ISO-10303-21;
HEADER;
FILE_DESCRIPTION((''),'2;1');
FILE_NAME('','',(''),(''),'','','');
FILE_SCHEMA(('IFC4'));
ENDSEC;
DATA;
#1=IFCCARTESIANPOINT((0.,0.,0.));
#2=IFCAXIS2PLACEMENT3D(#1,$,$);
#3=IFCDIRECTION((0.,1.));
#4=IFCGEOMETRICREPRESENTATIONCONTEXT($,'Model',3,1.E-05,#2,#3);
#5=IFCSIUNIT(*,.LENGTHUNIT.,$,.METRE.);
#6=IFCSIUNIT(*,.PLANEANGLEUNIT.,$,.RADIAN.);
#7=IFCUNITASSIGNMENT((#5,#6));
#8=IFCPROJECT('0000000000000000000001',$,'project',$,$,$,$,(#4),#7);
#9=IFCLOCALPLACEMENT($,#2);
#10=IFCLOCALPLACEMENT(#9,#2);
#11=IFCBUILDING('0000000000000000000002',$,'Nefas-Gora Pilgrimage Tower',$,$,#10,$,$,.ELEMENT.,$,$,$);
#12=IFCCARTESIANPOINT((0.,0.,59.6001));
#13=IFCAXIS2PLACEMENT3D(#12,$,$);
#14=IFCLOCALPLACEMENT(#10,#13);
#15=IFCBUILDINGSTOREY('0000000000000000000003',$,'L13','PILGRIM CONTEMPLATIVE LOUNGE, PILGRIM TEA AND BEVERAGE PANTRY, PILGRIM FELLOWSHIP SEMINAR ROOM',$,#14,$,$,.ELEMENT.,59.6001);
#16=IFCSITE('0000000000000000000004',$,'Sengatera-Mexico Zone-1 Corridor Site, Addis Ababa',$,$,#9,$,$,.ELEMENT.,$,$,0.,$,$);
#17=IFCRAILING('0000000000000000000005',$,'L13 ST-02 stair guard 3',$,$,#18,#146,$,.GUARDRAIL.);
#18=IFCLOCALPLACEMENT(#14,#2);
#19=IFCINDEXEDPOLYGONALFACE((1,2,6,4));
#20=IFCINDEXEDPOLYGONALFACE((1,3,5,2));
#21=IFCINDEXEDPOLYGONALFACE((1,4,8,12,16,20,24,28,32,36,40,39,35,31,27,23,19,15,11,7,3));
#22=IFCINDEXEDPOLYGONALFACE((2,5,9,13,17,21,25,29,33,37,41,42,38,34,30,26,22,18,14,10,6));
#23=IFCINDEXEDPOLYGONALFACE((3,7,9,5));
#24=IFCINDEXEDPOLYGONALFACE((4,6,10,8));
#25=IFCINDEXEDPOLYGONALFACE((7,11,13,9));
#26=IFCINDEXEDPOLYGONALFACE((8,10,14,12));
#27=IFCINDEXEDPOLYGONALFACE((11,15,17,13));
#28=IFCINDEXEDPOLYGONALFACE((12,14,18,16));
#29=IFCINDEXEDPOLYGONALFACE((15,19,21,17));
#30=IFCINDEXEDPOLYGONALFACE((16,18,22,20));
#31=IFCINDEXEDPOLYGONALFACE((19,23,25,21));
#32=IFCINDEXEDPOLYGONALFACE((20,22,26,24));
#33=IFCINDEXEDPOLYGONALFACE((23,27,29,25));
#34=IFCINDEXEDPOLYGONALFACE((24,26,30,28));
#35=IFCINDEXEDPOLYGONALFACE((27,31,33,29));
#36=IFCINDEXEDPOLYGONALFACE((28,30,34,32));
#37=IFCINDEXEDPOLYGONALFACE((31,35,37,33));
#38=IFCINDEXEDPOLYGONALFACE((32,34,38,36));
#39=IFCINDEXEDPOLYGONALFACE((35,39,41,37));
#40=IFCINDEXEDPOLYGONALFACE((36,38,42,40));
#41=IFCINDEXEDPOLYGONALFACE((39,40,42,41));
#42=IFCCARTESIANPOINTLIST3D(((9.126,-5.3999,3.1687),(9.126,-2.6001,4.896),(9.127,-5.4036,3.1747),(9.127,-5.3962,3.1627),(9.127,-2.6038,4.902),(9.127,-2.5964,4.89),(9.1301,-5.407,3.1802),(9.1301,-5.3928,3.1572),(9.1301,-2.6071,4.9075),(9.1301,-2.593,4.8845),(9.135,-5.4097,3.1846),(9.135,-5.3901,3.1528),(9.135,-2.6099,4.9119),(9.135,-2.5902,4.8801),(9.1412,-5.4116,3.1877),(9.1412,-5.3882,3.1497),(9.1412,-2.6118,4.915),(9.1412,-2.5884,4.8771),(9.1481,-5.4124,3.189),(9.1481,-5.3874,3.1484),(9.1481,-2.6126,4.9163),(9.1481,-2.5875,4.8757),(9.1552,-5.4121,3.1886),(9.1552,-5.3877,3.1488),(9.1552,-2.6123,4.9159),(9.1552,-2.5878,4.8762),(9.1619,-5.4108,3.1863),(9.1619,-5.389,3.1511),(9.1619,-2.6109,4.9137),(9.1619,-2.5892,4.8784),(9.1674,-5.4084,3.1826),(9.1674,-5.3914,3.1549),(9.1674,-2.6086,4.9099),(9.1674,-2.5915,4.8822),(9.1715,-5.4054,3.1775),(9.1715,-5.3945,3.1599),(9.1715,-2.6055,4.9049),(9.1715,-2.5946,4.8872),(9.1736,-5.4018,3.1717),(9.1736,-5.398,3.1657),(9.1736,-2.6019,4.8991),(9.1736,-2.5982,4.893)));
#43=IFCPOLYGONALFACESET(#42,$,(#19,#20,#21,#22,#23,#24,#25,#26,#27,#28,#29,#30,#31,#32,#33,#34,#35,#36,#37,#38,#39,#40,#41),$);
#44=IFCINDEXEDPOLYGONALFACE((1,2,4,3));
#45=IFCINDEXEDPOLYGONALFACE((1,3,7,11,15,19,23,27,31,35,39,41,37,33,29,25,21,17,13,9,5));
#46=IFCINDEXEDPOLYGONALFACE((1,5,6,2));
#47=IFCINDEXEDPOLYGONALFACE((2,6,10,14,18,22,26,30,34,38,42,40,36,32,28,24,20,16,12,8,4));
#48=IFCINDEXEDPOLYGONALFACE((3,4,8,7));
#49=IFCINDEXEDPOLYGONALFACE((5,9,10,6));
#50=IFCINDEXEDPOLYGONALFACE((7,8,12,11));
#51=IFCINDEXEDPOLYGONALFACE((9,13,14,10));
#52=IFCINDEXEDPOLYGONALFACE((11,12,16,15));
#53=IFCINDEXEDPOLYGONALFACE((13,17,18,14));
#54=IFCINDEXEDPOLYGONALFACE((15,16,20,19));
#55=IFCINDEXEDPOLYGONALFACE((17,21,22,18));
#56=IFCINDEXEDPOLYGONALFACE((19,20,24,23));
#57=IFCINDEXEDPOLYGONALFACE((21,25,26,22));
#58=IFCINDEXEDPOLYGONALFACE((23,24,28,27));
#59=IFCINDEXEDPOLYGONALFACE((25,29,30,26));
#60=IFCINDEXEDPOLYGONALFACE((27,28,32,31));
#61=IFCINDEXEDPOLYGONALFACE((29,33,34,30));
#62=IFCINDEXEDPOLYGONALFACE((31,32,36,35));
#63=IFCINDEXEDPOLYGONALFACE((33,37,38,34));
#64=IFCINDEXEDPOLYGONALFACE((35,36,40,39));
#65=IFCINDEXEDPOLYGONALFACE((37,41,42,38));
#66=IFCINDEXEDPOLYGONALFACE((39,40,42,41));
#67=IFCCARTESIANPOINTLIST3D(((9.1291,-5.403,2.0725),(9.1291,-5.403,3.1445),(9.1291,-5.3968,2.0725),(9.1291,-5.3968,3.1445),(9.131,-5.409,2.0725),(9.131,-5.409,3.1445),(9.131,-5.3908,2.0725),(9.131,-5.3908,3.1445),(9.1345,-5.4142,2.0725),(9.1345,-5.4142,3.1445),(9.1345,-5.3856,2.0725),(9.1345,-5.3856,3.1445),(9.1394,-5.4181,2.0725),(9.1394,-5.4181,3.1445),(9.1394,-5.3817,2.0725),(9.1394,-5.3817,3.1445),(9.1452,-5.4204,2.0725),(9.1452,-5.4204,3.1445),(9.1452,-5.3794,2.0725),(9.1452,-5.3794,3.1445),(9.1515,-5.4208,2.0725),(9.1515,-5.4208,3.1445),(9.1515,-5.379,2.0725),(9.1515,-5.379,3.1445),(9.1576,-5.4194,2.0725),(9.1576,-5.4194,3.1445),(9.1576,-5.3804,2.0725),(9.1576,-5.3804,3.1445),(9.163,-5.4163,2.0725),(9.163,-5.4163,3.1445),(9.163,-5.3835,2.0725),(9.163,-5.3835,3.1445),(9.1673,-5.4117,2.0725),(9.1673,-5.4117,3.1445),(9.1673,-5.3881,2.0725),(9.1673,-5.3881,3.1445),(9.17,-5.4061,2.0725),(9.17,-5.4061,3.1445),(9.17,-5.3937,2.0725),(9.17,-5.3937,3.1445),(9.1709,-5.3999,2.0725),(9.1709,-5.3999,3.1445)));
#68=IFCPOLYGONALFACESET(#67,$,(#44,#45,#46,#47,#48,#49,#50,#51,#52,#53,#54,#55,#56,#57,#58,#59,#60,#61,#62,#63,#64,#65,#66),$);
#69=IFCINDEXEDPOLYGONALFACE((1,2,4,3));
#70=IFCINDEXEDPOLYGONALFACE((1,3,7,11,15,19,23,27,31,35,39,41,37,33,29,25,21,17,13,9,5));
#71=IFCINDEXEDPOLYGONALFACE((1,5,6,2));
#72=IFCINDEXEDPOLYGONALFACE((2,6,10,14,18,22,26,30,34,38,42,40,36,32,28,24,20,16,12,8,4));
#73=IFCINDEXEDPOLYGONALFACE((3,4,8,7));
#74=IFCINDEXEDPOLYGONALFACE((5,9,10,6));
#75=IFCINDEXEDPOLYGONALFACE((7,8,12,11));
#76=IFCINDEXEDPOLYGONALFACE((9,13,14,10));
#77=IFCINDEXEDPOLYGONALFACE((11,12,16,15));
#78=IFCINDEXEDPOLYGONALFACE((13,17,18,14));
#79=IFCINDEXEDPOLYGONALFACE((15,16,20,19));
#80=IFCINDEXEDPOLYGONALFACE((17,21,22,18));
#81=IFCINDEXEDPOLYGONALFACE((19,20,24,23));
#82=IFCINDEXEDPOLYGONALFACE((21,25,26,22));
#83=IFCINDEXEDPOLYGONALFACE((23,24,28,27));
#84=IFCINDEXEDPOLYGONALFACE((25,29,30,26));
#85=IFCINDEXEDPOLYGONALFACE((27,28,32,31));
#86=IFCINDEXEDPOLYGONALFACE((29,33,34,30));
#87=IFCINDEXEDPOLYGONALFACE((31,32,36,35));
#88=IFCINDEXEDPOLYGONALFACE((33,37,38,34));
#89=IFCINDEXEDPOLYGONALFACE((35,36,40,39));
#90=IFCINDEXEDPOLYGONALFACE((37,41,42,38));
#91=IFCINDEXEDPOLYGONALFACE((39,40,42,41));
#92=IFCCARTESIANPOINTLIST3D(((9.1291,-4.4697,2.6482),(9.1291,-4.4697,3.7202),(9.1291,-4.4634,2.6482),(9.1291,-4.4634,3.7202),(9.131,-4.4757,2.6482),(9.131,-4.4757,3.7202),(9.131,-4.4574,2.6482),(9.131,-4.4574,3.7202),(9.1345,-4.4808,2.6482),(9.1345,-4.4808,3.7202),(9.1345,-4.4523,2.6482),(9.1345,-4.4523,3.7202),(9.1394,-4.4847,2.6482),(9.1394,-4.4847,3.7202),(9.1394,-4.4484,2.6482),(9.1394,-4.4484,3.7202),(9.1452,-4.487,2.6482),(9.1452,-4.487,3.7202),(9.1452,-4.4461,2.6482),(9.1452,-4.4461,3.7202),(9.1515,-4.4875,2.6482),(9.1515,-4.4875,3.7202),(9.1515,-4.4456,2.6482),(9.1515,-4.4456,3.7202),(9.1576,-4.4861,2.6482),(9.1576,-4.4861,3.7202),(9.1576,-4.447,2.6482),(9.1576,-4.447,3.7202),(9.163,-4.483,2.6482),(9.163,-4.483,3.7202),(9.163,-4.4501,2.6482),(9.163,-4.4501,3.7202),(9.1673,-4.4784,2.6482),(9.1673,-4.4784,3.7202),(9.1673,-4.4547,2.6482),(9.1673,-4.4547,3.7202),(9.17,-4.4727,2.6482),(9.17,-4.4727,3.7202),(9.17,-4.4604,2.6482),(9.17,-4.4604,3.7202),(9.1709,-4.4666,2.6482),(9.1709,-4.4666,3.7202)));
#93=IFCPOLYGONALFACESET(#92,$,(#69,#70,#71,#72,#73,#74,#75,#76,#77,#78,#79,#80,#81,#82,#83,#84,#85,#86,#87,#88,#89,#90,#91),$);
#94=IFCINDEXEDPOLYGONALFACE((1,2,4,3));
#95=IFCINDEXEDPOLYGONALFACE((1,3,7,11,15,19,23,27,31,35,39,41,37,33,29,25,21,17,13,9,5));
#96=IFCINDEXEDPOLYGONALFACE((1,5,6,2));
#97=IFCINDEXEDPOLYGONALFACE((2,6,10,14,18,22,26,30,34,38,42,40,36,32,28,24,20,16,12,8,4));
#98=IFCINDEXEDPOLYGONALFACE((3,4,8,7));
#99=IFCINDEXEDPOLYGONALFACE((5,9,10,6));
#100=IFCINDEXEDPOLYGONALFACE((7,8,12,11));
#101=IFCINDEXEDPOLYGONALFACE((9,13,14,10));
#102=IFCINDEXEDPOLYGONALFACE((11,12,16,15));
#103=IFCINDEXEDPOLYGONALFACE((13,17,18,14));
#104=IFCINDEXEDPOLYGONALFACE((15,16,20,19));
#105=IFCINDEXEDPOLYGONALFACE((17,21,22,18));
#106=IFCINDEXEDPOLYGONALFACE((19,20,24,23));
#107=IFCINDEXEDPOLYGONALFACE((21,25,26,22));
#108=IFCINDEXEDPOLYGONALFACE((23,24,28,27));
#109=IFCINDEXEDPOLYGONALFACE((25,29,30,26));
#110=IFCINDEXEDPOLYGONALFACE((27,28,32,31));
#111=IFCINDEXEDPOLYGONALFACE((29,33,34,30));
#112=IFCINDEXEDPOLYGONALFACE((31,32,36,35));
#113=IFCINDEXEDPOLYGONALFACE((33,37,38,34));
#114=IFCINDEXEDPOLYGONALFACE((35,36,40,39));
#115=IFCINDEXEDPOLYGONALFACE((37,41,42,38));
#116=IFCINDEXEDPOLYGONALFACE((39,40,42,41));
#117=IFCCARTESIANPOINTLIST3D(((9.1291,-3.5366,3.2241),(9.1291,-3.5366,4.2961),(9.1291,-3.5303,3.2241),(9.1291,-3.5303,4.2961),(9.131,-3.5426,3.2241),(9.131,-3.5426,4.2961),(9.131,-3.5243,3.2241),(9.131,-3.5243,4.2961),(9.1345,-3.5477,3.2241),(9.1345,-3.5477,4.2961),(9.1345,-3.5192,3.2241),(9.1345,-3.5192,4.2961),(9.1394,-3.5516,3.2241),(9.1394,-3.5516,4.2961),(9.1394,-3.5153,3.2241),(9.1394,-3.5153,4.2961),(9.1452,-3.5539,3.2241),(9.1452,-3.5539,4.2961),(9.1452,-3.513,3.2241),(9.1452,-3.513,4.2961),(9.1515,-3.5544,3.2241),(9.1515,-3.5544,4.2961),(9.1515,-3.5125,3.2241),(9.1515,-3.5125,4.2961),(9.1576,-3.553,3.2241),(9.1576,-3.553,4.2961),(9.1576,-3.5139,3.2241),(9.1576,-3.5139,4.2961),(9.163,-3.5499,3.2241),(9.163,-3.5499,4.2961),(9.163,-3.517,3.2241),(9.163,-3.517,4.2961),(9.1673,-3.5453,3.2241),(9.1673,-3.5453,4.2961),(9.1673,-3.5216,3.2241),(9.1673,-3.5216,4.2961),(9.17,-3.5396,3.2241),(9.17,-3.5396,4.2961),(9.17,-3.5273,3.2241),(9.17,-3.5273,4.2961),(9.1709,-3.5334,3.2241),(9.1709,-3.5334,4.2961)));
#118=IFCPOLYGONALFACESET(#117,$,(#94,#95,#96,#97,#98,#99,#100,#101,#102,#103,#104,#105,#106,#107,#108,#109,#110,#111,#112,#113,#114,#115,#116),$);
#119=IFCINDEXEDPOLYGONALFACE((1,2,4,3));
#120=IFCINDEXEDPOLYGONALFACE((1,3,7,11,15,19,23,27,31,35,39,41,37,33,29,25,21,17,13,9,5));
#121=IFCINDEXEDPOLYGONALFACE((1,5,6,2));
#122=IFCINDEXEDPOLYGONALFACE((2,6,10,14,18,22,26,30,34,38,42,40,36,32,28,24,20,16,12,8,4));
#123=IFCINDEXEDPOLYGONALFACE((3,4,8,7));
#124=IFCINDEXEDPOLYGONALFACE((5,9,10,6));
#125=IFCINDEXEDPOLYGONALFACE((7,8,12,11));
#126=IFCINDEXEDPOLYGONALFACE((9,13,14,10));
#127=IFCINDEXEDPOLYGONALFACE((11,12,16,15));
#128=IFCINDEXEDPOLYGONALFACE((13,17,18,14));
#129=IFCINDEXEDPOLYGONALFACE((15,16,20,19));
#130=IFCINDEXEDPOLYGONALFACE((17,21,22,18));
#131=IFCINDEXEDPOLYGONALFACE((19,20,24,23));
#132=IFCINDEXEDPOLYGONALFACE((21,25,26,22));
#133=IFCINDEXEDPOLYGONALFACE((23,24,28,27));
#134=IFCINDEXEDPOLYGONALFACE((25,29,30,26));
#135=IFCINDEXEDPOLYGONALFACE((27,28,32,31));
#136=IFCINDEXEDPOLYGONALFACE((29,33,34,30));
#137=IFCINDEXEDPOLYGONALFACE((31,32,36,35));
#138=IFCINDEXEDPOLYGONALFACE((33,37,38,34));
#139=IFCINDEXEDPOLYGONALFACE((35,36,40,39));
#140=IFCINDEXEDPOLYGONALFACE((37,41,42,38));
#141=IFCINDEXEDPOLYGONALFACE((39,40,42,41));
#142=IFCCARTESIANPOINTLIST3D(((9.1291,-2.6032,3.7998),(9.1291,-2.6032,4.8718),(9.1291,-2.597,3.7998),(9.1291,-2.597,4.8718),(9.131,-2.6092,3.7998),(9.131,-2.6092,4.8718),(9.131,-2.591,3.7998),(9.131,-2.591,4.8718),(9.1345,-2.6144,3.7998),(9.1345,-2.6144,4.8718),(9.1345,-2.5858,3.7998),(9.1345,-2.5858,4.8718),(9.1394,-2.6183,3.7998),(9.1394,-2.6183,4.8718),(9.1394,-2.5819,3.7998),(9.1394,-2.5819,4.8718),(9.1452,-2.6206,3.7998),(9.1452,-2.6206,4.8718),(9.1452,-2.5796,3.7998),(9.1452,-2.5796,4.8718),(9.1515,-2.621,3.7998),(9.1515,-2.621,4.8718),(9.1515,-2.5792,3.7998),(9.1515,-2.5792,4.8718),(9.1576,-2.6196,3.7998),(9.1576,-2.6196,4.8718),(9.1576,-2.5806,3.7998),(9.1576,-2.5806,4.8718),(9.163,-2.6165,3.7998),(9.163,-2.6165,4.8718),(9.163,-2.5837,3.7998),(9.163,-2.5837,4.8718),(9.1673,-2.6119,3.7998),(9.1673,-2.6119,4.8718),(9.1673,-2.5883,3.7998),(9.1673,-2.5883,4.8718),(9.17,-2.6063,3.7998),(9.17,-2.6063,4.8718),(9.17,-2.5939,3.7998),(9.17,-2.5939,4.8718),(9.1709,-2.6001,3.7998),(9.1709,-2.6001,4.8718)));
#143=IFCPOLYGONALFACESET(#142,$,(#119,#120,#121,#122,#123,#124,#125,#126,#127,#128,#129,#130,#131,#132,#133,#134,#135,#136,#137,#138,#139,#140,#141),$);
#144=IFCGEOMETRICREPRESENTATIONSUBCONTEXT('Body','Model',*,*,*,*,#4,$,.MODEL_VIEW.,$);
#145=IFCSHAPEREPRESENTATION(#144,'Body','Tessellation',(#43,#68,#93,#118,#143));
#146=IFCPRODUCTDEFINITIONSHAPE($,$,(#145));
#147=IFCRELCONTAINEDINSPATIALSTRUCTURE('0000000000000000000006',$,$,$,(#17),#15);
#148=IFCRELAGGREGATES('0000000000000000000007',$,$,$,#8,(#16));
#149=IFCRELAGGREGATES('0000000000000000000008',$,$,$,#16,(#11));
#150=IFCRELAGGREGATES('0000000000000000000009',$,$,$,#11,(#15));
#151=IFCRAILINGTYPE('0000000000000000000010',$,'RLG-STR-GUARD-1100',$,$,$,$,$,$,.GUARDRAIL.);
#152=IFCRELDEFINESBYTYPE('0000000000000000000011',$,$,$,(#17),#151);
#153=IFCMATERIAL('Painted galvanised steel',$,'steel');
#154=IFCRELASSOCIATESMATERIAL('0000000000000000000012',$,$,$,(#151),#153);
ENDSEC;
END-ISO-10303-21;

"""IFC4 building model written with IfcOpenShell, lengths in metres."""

from ifc_helpers import new_model, si_unit, direction, frame, origin, origin_2d, place, context, subcontext, project, spatial, circle, extrude, material, type_object, element, save


model = new_model("IFC4")

# Units and contexts
model_context = context("Model", 3, precision=1e-05, world=origin(), true_north=direction((0.0, 1.0)))
body_context = subcontext(model_context, "Body", "Model", "MODEL_VIEW")
ifc_project = project(units=[si_unit("LENGTHUNIT", "METRE"), si_unit("PLANEANGLEUNIT", "RADIAN")], contexts=[model_context])

# Site, building, storey
site_placement = place(None, origin())
site = spatial("IfcSite", under=ifc_project, at=site_placement, Name="Sengatera-Mexico Zone-1 Corridor Site, Addis Ababa", CompositionType="ELEMENT", RefElevation=0.0)
building_placement = place(site_placement, origin())
building = spatial("IfcBuilding", under=site, at=building_placement, Name="Nefas-Gora Pilgrimage Tower", CompositionType="ELEMENT")
storey_placement = place(building_placement, frame((0.0, 0.0, 59.6001)))
storey = spatial("IfcBuildingStorey", under=building, at=storey_placement, Name="L13", Description="PILGRIM CONTEMPLATIVE LOUNGE, PILGRIM TEA AND BEVERAGE PANTRY, PILGRIM FELLOWSHIP SEMINAR ROOM", CompositionType="ELEMENT", Elevation=59.6001)

# Railing
ifc_material_1 = material(Name="Painted galvanised steel", Category="steel")
railing_type_1 = type_object("IfcRailingType", Name="RLG-STR-GUARD-1100", PredefinedType="GUARDRAIL", material=ifc_material_1)
railing_1_placement = place(storey_placement, frame((9.1499, -5.3999, 2.0725)))
element("IfcRailing", 1, at=railing_1_placement, inside=storey, type_object=railing_type_1, Name="L13 ST-02 stair guard 3", PredefinedType="GUARDRAIL", context=body_context, shape_type="SweptSolid", body=[
    extrude(circle(Radius=0.0239, at=origin_2d()), frame((0.0, 0.0, 1.0962), z_axis=(0.0, 0.851069, 0.525054), x_axis=(-1.0, 0.0, 0.0)), (0.0, 0.0, 1.0), 3.2898),
    extrude(circle(Radius=0.021, at=origin_2d()), origin(), (0.0, 0.0, 1.0), 1.072),
    extrude(circle(Radius=0.021, at=origin_2d()), frame((0.0, 0.9333, 0.5757)), (0.0, 0.0, 1.0), 1.072),
    extrude(circle(Radius=0.021, at=origin_2d()), frame((0.0, 1.8665, 1.1516)), (0.0, 0.0, 1.0), 1.072),
    extrude(circle(Radius=0.021, at=origin_2d()), frame((0.0, 2.7998, 1.7273)), (0.0, 0.0, 1.0), 1.072),
])

save(model, "model.ifc")
